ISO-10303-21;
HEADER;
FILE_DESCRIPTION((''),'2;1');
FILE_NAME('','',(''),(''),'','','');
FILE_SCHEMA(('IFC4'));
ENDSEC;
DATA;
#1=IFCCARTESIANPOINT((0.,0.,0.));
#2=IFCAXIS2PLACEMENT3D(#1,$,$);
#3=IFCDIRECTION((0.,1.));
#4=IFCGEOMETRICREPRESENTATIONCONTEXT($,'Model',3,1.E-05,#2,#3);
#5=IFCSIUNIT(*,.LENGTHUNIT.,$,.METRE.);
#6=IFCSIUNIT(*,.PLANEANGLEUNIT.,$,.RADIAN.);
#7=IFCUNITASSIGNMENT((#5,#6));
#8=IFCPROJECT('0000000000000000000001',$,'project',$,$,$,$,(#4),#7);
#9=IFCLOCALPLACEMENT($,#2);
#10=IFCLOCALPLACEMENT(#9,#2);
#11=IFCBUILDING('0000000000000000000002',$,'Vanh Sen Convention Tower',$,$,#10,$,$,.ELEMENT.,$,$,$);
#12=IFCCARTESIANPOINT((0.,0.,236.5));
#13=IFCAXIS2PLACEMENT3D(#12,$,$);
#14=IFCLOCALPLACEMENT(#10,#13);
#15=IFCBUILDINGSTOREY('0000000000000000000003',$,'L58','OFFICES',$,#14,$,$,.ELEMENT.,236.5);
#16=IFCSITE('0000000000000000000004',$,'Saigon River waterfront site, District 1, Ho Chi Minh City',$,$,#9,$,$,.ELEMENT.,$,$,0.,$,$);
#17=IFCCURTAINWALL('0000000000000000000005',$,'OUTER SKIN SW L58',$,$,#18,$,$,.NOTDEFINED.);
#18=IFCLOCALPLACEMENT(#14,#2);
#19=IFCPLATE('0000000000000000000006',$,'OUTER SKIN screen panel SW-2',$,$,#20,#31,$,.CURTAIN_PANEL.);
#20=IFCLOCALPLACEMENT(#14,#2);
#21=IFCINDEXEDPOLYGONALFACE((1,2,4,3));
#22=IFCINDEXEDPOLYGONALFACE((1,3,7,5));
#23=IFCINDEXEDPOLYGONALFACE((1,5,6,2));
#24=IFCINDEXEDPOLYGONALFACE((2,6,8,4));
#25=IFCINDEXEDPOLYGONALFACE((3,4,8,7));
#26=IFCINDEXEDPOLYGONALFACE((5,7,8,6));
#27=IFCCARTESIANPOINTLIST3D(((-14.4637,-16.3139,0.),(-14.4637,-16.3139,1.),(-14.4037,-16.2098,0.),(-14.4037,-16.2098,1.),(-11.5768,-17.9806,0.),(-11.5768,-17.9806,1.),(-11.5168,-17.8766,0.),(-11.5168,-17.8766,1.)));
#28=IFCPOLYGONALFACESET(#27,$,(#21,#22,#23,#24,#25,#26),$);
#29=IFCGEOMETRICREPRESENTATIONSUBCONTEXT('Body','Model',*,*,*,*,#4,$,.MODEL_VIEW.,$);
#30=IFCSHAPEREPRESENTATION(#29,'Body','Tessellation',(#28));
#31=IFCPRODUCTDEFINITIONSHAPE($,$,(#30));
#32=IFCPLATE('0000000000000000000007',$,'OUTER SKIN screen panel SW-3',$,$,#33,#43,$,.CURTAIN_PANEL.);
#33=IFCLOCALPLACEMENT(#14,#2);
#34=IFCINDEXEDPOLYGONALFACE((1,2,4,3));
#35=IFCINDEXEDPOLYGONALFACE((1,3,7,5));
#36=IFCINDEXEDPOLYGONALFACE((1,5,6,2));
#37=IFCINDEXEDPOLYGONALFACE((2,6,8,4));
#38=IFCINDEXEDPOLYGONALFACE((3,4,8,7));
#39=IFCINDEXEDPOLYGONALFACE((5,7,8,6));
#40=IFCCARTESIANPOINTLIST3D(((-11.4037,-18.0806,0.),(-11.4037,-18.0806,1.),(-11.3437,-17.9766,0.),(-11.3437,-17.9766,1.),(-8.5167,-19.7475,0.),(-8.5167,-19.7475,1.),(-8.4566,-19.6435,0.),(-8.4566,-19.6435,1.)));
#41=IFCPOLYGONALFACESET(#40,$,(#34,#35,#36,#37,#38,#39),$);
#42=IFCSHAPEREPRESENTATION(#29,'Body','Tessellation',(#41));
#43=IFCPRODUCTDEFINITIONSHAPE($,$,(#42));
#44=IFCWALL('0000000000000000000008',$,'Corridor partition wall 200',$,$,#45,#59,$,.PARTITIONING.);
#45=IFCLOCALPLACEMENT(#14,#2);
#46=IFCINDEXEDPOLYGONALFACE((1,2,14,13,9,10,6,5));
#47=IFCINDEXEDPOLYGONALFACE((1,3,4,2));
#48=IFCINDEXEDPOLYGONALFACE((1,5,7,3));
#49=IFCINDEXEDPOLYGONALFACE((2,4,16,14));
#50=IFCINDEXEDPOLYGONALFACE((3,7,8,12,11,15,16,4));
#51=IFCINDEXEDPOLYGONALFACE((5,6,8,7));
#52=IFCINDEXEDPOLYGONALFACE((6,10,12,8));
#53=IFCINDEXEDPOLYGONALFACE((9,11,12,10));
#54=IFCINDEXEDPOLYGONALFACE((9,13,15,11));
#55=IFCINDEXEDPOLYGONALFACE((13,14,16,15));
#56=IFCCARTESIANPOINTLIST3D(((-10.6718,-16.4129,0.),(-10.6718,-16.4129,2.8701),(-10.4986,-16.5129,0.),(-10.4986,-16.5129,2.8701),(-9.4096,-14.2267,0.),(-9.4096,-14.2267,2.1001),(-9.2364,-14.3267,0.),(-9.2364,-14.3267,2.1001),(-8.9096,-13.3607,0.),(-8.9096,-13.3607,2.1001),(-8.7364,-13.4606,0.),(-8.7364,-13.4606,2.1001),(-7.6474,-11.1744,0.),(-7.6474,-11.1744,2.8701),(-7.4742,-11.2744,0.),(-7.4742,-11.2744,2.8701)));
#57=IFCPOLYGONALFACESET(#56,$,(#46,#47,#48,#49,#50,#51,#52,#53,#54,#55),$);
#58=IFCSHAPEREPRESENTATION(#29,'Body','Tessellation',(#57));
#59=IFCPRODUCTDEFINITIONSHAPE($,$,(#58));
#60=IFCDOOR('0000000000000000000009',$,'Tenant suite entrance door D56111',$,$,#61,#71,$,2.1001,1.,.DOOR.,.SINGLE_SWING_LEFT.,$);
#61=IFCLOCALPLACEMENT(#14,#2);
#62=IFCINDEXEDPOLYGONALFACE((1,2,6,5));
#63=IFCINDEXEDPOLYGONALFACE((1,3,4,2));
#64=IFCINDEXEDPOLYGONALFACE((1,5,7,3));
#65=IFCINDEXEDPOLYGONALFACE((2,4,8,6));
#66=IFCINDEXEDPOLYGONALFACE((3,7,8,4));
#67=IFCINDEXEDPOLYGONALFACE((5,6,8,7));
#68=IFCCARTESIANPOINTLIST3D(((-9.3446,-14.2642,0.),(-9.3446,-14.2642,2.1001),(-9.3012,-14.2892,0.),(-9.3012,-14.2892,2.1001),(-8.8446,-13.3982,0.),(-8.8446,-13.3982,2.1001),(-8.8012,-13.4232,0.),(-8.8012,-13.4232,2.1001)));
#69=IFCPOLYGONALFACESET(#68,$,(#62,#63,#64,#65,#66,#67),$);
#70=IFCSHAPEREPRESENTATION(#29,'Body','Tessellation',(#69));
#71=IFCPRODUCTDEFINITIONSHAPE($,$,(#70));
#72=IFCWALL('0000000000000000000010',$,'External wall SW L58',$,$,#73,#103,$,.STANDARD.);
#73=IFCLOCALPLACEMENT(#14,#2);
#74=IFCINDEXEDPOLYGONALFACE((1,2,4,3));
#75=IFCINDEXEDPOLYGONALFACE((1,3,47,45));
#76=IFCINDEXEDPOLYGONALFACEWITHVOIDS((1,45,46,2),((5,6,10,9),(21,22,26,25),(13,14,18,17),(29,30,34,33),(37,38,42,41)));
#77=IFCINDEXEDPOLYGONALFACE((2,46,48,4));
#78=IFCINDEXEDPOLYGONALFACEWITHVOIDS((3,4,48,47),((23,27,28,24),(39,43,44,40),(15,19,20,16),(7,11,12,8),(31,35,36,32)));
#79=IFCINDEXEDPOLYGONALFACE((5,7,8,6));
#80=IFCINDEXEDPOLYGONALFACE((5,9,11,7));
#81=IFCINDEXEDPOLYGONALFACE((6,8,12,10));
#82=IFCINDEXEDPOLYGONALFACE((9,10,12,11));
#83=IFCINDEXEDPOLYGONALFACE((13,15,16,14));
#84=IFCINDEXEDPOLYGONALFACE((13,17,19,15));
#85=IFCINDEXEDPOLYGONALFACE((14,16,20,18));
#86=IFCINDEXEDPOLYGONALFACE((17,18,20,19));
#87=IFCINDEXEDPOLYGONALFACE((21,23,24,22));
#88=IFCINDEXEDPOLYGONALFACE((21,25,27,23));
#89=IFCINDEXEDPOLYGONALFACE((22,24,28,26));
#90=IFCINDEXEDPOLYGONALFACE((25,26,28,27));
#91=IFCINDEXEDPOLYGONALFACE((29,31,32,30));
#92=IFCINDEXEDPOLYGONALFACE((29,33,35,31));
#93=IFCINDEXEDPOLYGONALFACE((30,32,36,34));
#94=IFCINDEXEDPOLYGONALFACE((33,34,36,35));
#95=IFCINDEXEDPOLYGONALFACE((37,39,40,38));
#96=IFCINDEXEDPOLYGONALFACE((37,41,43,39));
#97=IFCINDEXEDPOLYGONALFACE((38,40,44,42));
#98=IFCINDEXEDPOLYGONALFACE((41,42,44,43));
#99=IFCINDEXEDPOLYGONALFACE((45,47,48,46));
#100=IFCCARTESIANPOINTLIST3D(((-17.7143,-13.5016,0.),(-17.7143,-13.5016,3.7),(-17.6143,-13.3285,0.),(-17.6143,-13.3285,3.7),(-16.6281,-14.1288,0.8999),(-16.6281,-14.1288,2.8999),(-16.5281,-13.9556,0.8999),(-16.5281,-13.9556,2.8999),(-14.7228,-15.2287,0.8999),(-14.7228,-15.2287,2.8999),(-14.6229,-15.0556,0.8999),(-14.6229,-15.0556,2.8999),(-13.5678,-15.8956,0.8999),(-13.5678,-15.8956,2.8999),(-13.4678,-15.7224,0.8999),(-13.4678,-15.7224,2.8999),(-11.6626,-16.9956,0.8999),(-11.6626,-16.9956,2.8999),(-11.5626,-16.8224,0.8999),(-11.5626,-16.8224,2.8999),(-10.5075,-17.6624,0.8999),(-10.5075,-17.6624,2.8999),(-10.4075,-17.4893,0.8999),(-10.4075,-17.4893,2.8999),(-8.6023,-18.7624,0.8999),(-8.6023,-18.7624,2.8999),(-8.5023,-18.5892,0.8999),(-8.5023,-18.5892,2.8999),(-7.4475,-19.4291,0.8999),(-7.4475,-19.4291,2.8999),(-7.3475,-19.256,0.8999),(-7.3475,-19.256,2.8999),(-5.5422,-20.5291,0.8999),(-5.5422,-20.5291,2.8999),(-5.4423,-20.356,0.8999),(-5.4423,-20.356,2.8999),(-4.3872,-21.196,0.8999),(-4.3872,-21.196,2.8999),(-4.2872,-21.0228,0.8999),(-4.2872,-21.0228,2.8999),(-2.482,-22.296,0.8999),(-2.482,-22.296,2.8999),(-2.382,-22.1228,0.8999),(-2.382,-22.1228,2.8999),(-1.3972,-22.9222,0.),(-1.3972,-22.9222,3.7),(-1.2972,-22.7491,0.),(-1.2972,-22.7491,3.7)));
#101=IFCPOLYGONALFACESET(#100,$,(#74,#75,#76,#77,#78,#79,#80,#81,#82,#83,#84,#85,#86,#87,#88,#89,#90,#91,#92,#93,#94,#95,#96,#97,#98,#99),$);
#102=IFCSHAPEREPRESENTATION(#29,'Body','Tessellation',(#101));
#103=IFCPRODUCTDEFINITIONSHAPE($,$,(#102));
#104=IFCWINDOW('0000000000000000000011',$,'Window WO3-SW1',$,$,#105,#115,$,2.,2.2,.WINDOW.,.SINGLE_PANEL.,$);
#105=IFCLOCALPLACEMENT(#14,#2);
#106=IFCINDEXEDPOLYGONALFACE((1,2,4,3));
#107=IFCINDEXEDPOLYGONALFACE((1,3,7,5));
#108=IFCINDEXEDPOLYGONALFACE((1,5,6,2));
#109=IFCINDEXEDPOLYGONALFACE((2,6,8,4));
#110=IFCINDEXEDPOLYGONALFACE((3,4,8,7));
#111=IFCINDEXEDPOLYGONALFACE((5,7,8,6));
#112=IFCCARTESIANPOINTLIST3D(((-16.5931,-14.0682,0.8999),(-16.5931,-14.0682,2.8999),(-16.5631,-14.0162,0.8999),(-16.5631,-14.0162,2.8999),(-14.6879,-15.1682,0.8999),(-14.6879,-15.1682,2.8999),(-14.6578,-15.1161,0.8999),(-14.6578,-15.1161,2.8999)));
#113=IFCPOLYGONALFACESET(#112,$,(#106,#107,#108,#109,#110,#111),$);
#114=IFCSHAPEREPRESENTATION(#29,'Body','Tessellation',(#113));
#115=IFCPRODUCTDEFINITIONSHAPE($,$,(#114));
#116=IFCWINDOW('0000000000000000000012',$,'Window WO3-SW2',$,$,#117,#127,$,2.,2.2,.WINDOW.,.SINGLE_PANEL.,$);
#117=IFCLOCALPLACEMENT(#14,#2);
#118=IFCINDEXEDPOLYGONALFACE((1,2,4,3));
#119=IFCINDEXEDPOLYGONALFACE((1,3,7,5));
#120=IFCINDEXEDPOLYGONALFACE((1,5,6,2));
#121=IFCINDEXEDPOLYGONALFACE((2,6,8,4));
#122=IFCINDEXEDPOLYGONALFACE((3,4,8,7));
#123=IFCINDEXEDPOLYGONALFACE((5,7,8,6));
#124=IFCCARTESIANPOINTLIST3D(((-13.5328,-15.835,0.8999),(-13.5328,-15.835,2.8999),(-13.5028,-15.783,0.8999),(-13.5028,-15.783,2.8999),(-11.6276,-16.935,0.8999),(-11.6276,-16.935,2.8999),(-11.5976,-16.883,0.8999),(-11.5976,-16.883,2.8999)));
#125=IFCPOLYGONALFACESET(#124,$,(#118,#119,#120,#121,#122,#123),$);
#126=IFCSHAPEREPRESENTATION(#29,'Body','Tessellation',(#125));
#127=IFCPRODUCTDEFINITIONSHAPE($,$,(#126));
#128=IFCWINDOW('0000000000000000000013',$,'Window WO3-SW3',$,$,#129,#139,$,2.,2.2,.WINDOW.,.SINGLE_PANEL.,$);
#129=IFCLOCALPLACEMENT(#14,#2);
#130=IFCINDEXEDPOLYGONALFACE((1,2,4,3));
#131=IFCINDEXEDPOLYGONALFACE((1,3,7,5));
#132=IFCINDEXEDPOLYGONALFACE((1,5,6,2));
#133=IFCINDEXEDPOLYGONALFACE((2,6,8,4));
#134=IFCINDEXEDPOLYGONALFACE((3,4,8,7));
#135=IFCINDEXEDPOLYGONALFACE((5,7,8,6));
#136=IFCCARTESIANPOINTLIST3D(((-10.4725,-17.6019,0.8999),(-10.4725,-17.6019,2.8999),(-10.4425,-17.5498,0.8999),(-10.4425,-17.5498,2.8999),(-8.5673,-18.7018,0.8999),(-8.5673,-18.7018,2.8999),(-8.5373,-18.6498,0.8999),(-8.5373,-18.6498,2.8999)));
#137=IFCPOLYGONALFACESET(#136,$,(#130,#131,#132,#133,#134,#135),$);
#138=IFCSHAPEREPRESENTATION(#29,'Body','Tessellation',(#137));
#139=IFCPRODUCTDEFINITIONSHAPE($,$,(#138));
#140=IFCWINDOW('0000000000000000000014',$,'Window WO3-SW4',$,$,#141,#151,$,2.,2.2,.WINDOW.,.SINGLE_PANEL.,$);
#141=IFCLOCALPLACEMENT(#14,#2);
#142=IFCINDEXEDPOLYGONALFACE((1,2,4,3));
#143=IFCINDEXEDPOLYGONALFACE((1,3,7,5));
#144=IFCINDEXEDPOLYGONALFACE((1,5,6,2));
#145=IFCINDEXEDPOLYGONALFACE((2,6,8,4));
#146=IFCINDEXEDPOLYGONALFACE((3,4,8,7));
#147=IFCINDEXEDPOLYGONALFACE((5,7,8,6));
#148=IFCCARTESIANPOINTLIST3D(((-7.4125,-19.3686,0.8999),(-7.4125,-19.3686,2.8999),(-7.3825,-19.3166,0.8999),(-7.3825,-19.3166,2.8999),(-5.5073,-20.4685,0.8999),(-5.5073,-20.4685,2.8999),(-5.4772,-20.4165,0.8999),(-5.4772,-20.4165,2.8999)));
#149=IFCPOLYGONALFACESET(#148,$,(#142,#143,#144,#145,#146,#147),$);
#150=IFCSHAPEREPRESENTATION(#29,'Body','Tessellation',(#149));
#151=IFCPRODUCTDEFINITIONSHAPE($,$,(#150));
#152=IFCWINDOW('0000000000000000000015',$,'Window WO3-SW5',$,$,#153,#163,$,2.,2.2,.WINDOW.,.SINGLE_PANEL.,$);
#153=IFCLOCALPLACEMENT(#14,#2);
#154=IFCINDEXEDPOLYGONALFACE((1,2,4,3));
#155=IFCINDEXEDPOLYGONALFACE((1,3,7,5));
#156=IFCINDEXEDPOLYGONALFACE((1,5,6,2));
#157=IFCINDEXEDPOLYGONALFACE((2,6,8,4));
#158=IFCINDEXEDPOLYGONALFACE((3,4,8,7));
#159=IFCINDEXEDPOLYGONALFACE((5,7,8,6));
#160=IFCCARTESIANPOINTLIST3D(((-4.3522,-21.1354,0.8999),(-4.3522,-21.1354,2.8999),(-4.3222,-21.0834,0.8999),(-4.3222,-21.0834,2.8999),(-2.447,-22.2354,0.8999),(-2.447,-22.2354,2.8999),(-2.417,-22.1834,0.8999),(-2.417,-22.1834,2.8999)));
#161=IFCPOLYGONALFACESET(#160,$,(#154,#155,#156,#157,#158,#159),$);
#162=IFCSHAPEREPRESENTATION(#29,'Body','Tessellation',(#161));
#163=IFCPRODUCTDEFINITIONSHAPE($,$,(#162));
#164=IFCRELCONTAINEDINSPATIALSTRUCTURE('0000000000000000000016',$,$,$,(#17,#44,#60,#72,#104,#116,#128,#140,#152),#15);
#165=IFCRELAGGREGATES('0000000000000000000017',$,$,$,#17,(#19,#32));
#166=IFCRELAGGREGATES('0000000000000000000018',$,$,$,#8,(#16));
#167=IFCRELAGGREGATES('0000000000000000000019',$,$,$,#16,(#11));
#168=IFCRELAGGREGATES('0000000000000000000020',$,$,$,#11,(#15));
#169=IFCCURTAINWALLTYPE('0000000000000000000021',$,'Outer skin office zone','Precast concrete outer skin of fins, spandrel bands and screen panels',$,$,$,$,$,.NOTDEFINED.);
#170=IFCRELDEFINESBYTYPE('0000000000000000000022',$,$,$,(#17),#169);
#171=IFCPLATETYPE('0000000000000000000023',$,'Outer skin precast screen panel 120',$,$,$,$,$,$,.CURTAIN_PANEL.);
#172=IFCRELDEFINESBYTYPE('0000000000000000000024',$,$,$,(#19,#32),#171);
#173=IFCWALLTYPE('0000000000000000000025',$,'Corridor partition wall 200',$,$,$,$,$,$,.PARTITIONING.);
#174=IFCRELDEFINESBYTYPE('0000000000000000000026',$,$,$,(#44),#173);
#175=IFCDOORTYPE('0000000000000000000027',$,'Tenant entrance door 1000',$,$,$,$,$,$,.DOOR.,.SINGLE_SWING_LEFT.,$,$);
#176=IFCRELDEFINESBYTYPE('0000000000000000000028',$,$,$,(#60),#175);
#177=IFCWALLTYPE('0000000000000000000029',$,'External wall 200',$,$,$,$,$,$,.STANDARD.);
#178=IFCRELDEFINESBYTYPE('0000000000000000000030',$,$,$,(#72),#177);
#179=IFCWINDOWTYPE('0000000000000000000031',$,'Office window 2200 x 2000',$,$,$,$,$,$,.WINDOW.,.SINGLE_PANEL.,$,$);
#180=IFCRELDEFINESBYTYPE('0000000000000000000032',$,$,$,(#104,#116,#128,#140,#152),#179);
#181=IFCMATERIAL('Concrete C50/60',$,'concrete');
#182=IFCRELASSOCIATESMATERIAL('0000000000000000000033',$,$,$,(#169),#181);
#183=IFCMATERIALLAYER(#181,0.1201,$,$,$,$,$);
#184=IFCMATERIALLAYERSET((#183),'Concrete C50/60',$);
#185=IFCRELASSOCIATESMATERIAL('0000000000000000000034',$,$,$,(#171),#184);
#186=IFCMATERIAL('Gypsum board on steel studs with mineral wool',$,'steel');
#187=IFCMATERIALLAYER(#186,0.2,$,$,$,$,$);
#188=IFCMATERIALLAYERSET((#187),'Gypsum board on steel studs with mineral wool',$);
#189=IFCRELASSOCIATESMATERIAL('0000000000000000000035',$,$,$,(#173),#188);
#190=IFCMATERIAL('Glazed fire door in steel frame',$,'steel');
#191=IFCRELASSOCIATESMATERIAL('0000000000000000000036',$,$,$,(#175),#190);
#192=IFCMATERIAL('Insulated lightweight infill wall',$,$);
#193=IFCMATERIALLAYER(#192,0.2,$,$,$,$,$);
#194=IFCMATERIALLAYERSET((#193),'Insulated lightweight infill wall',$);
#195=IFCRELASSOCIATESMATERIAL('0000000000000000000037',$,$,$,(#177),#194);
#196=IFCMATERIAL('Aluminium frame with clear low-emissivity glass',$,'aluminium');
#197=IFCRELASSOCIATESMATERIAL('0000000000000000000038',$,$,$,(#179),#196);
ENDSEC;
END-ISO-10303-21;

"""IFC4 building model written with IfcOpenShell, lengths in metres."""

from ifc_helpers import new_model, si_unit, direction, frame, frame_2d, origin, origin_2d, place, context, subcontext, project, spatial, rectangle, extrude, material, layer, layer_set, type_object, element, fill, aggregate, save


model = new_model("IFC4")

# Units and contexts
model_context = context("Model", 3, precision=1e-05, world=origin(), true_north=direction((0.0, 1.0)))
body_context = subcontext(model_context, "Body", "Model", "MODEL_VIEW")
ifc_project = project(units=[si_unit("LENGTHUNIT", "METRE"), si_unit("PLANEANGLEUNIT", "RADIAN")], contexts=[model_context])

# Site, building, storey
site_placement = place(None, origin())
site = spatial("IfcSite", under=ifc_project, at=site_placement, Name="Saigon River waterfront site, District 1, Ho Chi Minh City", CompositionType="ELEMENT", RefElevation=0.0)
building_placement = place(site_placement, origin())
building = spatial("IfcBuilding", under=site, at=building_placement, Name="Vanh Sen Convention Tower", CompositionType="ELEMENT")
storey_placement = place(building_placement, frame((0.0, 0.0, 236.5)))
storey = spatial("IfcBuildingStorey", under=building, at=storey_placement, Name="L58", Description="OFFICES", CompositionType="ELEMENT", Elevation=236.5)

# Curtain wall
ifc_material_1 = material(Name="Concrete C50/60", Category="concrete")
curtain_wall_type = type_object("IfcCurtainWallType", Name="Outer skin office zone", Description="Precast concrete outer skin of fins, spandrel bands and screen panels", PredefinedType="NOTDEFINED", material=ifc_material_1)
curtain_wall_placement = place(storey_placement, origin())
curtain_wall = element("IfcCurtainWall", 1, at=curtain_wall_placement, inside=storey, type_object=curtain_wall_type, Name="OUTER SKIN SW L58", PredefinedType="NOTDEFINED")

# Plates
ifc_layer_1 = layer(ifc_material_1, 0.1201)
ifc_layer_set_1 = layer_set([ifc_layer_1], Name="Concrete C50/60")
plate_type = type_object("IfcPlateType", Name="Outer skin precast screen panel 120", PredefinedType="CURTAIN_PANEL", material=ifc_layer_set_1)
plate_1_placement = place(storey_placement, frame((-12.9902, -17.0952, 0.0), z_axis=(0.0, 0.0, 1.0), x_axis=(0.866026, -0.499998, 0.0)))
plate_1 = element("IfcPlate", 2, at=plate_1_placement, type_object=plate_type, Name="OUTER SKIN screen panel SW-2", PredefinedType="CURTAIN_PANEL", context=body_context, shape_type="SweptSolid", body=[
    extrude(rectangle(XDim=3.3335, YDim=0.1201, at=origin_2d()), origin(), (0.0, 0.0, 1.0), 1.0),
])
plate_2_placement = place(storey_placement, frame((-9.9302, -18.8621, 0.0), z_axis=(0.0, 0.0, 1.0), x_axis=(0.866014, -0.50002, 0.0)))
plate_2 = element("IfcPlate", 3, at=plate_2_placement, type_object=plate_type, Name="OUTER SKIN screen panel SW-3", PredefinedType="CURTAIN_PANEL", context=body_context, shape_type="SweptSolid", body=[
    extrude(rectangle(XDim=3.3337, YDim=0.1201, at=origin_2d()), origin(), (0.0, 0.0, 1.0), 1.0),
])
aggregate(curtain_wall, [plate_1, plate_2])

# Wall, opening, door
ifc_material_2 = material(Name="Gypsum board on steel studs with mineral wool", Category="steel")
ifc_layer_2 = layer(ifc_material_2, 0.2)
ifc_layer_set_2 = layer_set([ifc_layer_2], Name="Gypsum board on steel studs with mineral wool")
wall_type_1 = type_object("IfcWallType", Name="Corridor partition wall 200", PredefinedType="PARTITIONING", material=ifc_layer_set_2)
wall_1_placement = place(storey_placement, frame((-10.5852, -16.4629, 0.0), z_axis=(0.0, 0.0, 1.0), x_axis=(0.499994, 0.866029, 0.0)))
wall_1 = element("IfcWall", 4, at=wall_1_placement, inside=storey, type_object=wall_type_1, Name="Corridor partition wall 200", PredefinedType="PARTITIONING", context=body_context, shape_type="SweptSolid", body=[
    extrude(rectangle(XDim=6.0488, YDim=0.2, at=frame_2d((3.0244, 0.0))), origin(), (0.0, 0.0, 1.0), 2.8701),
])
opening_1_placement = place(wall_1_placement, frame((2.5244, 0.0, 0.0)))
opening_1 = element("IfcOpeningElement", 5, at=opening_1_placement, cuts=wall_1, PredefinedType="OPENING", context=body_context, shape_type="SweptSolid", body=[
    extrude(rectangle(XDim=1.0, YDim=2.1001, at=frame_2d((0.5, 1.05))), frame((0.0, 0.1099, 0.0), z_axis=(0.0, -1.0, 0.0), x_axis=(1.0, 0.0, 0.0)), (0.0, 0.0, 1.0), 0.22),
])
ifc_material_3 = material(Name="Glazed fire door in steel frame", Category="steel")
door_type = type_object("IfcDoorType", Name="Tenant entrance door 1000", OperationType="SINGLE_SWING_LEFT", PredefinedType="DOOR", material=ifc_material_3)
door_placement = place(opening_1_placement, origin())
door = element("IfcDoor", 6, at=door_placement, inside=storey, type_object=door_type, Name="Tenant suite entrance door D56111", OperationType="SINGLE_SWING_LEFT", OverallHeight=2.1001, OverallWidth=1.0, PredefinedType="DOOR", context=body_context, shape_type="SweptSolid", body=[
    extrude(rectangle(XDim=1.0, YDim=2.1001, at=frame_2d((0.5, 1.05))), frame((0.0, 0.0249, 0.0), z_axis=(0.0, -1.0, 0.0), x_axis=(1.0, 0.0, 0.0)), (0.0, 0.0, 1.0), 0.05),
])
fill(opening_1, door)

# Wall, openings, windows
ifc_material_4 = material(Name="Insulated lightweight infill wall")
ifc_layer_3 = layer(ifc_material_4, 0.2)
ifc_layer_set_3 = layer_set([ifc_layer_3], Name="Insulated lightweight infill wall")
wall_type_2 = type_object("IfcWallType", Name="External wall 200", PredefinedType="STANDARD", material=ifc_layer_set_3)
wall_2_placement = place(storey_placement, frame((-17.6643, -13.415, 0.0), z_axis=(0.0, 0.0, 1.0), x_axis=(0.866027, -0.499998, 0.0)))
wall_2 = element("IfcWall", 7, at=wall_2_placement, inside=storey, type_object=wall_type_2, Name="External wall SW L58", PredefinedType="STANDARD", context=body_context, shape_type="SweptSolid", body=[
    extrude(rectangle(XDim=18.8413, YDim=0.2, at=frame_2d((9.4207, 0.0))), origin(), (0.0, 0.0, 1.0), 3.7),
])
opening_2_placement = place(wall_2_placement, frame((1.2542, 0.0, 0.8999)))
opening_2 = element("IfcOpeningElement", 8, at=opening_2_placement, cuts=wall_2, PredefinedType="OPENING", context=body_context, shape_type="SweptSolid", body=[
    extrude(rectangle(XDim=2.2, YDim=2.0, at=frame_2d((1.1001, 1.0))), frame((0.0, 0.1099, 0.0), z_axis=(0.0, -1.0, 0.0), x_axis=(1.0, 0.0, 0.0)), (0.0, 0.0, 1.0), 0.22),
])
opening_3_placement = place(wall_2_placement, frame((4.7878, 0.0, 0.8999)))
opening_3 = element("IfcOpeningElement", 9, at=opening_3_placement, cuts=wall_2, PredefinedType="OPENING", context=body_context, shape_type="SweptSolid", body=[
    extrude(rectangle(XDim=2.2, YDim=2.0, at=frame_2d((1.1001, 1.0))), frame((0.0, 0.1099, 0.0), z_axis=(0.0, -1.0, 0.0), x_axis=(1.0, 0.0, 0.0)), (0.0, 0.0, 1.0), 0.22),
])
opening_4_placement = place(wall_2_placement, frame((8.3215, 0.0, 0.8999)))
opening_4 = element("IfcOpeningElement", 10, at=opening_4_placement, cuts=wall_2, PredefinedType="OPENING", context=body_context, shape_type="SweptSolid", body=[
    extrude(rectangle(XDim=2.2, YDim=2.0, at=frame_2d((1.1001, 1.0))), frame((0.0, 0.1099, 0.0), z_axis=(0.0, -1.0, 0.0), x_axis=(1.0, 0.0, 0.0)), (0.0, 0.0, 1.0), 0.22),
])
opening_5_placement = place(wall_2_placement, frame((11.855, 0.0, 0.8999)))
opening_5 = element("IfcOpeningElement", 11, at=opening_5_placement, cuts=wall_2, PredefinedType="OPENING", context=body_context, shape_type="SweptSolid", body=[
    extrude(rectangle(XDim=2.2, YDim=2.0, at=frame_2d((1.1001, 1.0))), frame((0.0, 0.1099, 0.0), z_axis=(0.0, -1.0, 0.0), x_axis=(1.0, 0.0, 0.0)), (0.0, 0.0, 1.0), 0.22),
])
opening_6_placement = place(wall_2_placement, frame((15.3887, 0.0, 0.8999)))
opening_6 = element("IfcOpeningElement", 12, at=opening_6_placement, cuts=wall_2, PredefinedType="OPENING", context=body_context, shape_type="SweptSolid", body=[
    extrude(rectangle(XDim=2.2, YDim=2.0, at=frame_2d((1.1001, 1.0))), frame((0.0, 0.1099, 0.0), z_axis=(0.0, -1.0, 0.0), x_axis=(1.0, 0.0, 0.0)), (0.0, 0.0, 1.0), 0.22),
])
ifc_material_5 = material(Name="Aluminium frame with clear low-emissivity glass", Category="aluminium")
window_type = type_object("IfcWindowType", Name="Office window 2200 x 2000", PartitioningType="SINGLE_PANEL", PredefinedType="WINDOW", material=ifc_material_5)
window_1_placement = place(opening_2_placement, origin())
window_1 = element("IfcWindow", 13, at=window_1_placement, inside=storey, type_object=window_type, Name="Window WO3-SW1", OverallHeight=2.0, OverallWidth=2.2, PartitioningType="SINGLE_PANEL", PredefinedType="WINDOW", context=body_context, shape_type="SweptSolid", body=[
    extrude(rectangle(XDim=2.2, YDim=2.0, at=frame_2d((1.1001, 1.0))), frame((0.0, 0.03, 0.0), z_axis=(0.0, -1.0, 0.0), x_axis=(1.0, 0.0, 0.0)), (0.0, 0.0, 1.0), 0.0601),
])
fill(opening_2, window_1)
window_2_placement = place(opening_3_placement, origin())
window_2 = element("IfcWindow", 14, at=window_2_placement, inside=storey, type_object=window_type, Name="Window WO3-SW2", OverallHeight=2.0, OverallWidth=2.2, PartitioningType="SINGLE_PANEL", PredefinedType="WINDOW", context=body_context, shape_type="SweptSolid", body=[
    extrude(rectangle(XDim=2.2, YDim=2.0, at=frame_2d((1.1001, 1.0))), frame((0.0, 0.03, 0.0), z_axis=(0.0, -1.0, 0.0), x_axis=(1.0, 0.0, 0.0)), (0.0, 0.0, 1.0), 0.0601),
])
fill(opening_3, window_2)
window_3_placement = place(opening_4_placement, origin())
window_3 = element("IfcWindow", 15, at=window_3_placement, inside=storey, type_object=window_type, Name="Window WO3-SW3", OverallHeight=2.0, OverallWidth=2.2, PartitioningType="SINGLE_PANEL", PredefinedType="WINDOW", context=body_context, shape_type="SweptSolid", body=[
    extrude(rectangle(XDim=2.2, YDim=2.0, at=frame_2d((1.1001, 1.0))), frame((0.0, 0.03, 0.0), z_axis=(0.0, -1.0, 0.0), x_axis=(1.0, 0.0, 0.0)), (0.0, 0.0, 1.0), 0.0601),
])
fill(opening_4, window_3)
window_4_placement = place(opening_5_placement, origin())
window_4 = element("IfcWindow", 16, at=window_4_placement, inside=storey, type_object=window_type, Name="Window WO3-SW4", OverallHeight=2.0, OverallWidth=2.2, PartitioningType="SINGLE_PANEL", PredefinedType="WINDOW", context=body_context, shape_type="SweptSolid", body=[
    extrude(rectangle(XDim=2.2, YDim=2.0, at=frame_2d((1.1001, 1.0))), frame((0.0, 0.03, 0.0), z_axis=(0.0, -1.0, 0.0), x_axis=(1.0, 0.0, 0.0)), (0.0, 0.0, 1.0), 0.0601),
])
fill(opening_5, window_4)
window_5_placement = place(opening_6_placement, origin())
window_5 = element("IfcWindow", 17, at=window_5_placement, inside=storey, type_object=window_type, Name="Window WO3-SW5", OverallHeight=2.0, OverallWidth=2.2, PartitioningType="SINGLE_PANEL", PredefinedType="WINDOW", context=body_context, shape_type="SweptSolid", body=[
    extrude(rectangle(XDim=2.2, YDim=2.0, at=frame_2d((1.1001, 1.0))), frame((0.0, 0.03, 0.0), z_axis=(0.0, -1.0, 0.0), x_axis=(1.0, 0.0, 0.0)), (0.0, 0.0, 1.0), 0.0601),
])
fill(opening_6, window_5)

save(model, "model.ifc")
